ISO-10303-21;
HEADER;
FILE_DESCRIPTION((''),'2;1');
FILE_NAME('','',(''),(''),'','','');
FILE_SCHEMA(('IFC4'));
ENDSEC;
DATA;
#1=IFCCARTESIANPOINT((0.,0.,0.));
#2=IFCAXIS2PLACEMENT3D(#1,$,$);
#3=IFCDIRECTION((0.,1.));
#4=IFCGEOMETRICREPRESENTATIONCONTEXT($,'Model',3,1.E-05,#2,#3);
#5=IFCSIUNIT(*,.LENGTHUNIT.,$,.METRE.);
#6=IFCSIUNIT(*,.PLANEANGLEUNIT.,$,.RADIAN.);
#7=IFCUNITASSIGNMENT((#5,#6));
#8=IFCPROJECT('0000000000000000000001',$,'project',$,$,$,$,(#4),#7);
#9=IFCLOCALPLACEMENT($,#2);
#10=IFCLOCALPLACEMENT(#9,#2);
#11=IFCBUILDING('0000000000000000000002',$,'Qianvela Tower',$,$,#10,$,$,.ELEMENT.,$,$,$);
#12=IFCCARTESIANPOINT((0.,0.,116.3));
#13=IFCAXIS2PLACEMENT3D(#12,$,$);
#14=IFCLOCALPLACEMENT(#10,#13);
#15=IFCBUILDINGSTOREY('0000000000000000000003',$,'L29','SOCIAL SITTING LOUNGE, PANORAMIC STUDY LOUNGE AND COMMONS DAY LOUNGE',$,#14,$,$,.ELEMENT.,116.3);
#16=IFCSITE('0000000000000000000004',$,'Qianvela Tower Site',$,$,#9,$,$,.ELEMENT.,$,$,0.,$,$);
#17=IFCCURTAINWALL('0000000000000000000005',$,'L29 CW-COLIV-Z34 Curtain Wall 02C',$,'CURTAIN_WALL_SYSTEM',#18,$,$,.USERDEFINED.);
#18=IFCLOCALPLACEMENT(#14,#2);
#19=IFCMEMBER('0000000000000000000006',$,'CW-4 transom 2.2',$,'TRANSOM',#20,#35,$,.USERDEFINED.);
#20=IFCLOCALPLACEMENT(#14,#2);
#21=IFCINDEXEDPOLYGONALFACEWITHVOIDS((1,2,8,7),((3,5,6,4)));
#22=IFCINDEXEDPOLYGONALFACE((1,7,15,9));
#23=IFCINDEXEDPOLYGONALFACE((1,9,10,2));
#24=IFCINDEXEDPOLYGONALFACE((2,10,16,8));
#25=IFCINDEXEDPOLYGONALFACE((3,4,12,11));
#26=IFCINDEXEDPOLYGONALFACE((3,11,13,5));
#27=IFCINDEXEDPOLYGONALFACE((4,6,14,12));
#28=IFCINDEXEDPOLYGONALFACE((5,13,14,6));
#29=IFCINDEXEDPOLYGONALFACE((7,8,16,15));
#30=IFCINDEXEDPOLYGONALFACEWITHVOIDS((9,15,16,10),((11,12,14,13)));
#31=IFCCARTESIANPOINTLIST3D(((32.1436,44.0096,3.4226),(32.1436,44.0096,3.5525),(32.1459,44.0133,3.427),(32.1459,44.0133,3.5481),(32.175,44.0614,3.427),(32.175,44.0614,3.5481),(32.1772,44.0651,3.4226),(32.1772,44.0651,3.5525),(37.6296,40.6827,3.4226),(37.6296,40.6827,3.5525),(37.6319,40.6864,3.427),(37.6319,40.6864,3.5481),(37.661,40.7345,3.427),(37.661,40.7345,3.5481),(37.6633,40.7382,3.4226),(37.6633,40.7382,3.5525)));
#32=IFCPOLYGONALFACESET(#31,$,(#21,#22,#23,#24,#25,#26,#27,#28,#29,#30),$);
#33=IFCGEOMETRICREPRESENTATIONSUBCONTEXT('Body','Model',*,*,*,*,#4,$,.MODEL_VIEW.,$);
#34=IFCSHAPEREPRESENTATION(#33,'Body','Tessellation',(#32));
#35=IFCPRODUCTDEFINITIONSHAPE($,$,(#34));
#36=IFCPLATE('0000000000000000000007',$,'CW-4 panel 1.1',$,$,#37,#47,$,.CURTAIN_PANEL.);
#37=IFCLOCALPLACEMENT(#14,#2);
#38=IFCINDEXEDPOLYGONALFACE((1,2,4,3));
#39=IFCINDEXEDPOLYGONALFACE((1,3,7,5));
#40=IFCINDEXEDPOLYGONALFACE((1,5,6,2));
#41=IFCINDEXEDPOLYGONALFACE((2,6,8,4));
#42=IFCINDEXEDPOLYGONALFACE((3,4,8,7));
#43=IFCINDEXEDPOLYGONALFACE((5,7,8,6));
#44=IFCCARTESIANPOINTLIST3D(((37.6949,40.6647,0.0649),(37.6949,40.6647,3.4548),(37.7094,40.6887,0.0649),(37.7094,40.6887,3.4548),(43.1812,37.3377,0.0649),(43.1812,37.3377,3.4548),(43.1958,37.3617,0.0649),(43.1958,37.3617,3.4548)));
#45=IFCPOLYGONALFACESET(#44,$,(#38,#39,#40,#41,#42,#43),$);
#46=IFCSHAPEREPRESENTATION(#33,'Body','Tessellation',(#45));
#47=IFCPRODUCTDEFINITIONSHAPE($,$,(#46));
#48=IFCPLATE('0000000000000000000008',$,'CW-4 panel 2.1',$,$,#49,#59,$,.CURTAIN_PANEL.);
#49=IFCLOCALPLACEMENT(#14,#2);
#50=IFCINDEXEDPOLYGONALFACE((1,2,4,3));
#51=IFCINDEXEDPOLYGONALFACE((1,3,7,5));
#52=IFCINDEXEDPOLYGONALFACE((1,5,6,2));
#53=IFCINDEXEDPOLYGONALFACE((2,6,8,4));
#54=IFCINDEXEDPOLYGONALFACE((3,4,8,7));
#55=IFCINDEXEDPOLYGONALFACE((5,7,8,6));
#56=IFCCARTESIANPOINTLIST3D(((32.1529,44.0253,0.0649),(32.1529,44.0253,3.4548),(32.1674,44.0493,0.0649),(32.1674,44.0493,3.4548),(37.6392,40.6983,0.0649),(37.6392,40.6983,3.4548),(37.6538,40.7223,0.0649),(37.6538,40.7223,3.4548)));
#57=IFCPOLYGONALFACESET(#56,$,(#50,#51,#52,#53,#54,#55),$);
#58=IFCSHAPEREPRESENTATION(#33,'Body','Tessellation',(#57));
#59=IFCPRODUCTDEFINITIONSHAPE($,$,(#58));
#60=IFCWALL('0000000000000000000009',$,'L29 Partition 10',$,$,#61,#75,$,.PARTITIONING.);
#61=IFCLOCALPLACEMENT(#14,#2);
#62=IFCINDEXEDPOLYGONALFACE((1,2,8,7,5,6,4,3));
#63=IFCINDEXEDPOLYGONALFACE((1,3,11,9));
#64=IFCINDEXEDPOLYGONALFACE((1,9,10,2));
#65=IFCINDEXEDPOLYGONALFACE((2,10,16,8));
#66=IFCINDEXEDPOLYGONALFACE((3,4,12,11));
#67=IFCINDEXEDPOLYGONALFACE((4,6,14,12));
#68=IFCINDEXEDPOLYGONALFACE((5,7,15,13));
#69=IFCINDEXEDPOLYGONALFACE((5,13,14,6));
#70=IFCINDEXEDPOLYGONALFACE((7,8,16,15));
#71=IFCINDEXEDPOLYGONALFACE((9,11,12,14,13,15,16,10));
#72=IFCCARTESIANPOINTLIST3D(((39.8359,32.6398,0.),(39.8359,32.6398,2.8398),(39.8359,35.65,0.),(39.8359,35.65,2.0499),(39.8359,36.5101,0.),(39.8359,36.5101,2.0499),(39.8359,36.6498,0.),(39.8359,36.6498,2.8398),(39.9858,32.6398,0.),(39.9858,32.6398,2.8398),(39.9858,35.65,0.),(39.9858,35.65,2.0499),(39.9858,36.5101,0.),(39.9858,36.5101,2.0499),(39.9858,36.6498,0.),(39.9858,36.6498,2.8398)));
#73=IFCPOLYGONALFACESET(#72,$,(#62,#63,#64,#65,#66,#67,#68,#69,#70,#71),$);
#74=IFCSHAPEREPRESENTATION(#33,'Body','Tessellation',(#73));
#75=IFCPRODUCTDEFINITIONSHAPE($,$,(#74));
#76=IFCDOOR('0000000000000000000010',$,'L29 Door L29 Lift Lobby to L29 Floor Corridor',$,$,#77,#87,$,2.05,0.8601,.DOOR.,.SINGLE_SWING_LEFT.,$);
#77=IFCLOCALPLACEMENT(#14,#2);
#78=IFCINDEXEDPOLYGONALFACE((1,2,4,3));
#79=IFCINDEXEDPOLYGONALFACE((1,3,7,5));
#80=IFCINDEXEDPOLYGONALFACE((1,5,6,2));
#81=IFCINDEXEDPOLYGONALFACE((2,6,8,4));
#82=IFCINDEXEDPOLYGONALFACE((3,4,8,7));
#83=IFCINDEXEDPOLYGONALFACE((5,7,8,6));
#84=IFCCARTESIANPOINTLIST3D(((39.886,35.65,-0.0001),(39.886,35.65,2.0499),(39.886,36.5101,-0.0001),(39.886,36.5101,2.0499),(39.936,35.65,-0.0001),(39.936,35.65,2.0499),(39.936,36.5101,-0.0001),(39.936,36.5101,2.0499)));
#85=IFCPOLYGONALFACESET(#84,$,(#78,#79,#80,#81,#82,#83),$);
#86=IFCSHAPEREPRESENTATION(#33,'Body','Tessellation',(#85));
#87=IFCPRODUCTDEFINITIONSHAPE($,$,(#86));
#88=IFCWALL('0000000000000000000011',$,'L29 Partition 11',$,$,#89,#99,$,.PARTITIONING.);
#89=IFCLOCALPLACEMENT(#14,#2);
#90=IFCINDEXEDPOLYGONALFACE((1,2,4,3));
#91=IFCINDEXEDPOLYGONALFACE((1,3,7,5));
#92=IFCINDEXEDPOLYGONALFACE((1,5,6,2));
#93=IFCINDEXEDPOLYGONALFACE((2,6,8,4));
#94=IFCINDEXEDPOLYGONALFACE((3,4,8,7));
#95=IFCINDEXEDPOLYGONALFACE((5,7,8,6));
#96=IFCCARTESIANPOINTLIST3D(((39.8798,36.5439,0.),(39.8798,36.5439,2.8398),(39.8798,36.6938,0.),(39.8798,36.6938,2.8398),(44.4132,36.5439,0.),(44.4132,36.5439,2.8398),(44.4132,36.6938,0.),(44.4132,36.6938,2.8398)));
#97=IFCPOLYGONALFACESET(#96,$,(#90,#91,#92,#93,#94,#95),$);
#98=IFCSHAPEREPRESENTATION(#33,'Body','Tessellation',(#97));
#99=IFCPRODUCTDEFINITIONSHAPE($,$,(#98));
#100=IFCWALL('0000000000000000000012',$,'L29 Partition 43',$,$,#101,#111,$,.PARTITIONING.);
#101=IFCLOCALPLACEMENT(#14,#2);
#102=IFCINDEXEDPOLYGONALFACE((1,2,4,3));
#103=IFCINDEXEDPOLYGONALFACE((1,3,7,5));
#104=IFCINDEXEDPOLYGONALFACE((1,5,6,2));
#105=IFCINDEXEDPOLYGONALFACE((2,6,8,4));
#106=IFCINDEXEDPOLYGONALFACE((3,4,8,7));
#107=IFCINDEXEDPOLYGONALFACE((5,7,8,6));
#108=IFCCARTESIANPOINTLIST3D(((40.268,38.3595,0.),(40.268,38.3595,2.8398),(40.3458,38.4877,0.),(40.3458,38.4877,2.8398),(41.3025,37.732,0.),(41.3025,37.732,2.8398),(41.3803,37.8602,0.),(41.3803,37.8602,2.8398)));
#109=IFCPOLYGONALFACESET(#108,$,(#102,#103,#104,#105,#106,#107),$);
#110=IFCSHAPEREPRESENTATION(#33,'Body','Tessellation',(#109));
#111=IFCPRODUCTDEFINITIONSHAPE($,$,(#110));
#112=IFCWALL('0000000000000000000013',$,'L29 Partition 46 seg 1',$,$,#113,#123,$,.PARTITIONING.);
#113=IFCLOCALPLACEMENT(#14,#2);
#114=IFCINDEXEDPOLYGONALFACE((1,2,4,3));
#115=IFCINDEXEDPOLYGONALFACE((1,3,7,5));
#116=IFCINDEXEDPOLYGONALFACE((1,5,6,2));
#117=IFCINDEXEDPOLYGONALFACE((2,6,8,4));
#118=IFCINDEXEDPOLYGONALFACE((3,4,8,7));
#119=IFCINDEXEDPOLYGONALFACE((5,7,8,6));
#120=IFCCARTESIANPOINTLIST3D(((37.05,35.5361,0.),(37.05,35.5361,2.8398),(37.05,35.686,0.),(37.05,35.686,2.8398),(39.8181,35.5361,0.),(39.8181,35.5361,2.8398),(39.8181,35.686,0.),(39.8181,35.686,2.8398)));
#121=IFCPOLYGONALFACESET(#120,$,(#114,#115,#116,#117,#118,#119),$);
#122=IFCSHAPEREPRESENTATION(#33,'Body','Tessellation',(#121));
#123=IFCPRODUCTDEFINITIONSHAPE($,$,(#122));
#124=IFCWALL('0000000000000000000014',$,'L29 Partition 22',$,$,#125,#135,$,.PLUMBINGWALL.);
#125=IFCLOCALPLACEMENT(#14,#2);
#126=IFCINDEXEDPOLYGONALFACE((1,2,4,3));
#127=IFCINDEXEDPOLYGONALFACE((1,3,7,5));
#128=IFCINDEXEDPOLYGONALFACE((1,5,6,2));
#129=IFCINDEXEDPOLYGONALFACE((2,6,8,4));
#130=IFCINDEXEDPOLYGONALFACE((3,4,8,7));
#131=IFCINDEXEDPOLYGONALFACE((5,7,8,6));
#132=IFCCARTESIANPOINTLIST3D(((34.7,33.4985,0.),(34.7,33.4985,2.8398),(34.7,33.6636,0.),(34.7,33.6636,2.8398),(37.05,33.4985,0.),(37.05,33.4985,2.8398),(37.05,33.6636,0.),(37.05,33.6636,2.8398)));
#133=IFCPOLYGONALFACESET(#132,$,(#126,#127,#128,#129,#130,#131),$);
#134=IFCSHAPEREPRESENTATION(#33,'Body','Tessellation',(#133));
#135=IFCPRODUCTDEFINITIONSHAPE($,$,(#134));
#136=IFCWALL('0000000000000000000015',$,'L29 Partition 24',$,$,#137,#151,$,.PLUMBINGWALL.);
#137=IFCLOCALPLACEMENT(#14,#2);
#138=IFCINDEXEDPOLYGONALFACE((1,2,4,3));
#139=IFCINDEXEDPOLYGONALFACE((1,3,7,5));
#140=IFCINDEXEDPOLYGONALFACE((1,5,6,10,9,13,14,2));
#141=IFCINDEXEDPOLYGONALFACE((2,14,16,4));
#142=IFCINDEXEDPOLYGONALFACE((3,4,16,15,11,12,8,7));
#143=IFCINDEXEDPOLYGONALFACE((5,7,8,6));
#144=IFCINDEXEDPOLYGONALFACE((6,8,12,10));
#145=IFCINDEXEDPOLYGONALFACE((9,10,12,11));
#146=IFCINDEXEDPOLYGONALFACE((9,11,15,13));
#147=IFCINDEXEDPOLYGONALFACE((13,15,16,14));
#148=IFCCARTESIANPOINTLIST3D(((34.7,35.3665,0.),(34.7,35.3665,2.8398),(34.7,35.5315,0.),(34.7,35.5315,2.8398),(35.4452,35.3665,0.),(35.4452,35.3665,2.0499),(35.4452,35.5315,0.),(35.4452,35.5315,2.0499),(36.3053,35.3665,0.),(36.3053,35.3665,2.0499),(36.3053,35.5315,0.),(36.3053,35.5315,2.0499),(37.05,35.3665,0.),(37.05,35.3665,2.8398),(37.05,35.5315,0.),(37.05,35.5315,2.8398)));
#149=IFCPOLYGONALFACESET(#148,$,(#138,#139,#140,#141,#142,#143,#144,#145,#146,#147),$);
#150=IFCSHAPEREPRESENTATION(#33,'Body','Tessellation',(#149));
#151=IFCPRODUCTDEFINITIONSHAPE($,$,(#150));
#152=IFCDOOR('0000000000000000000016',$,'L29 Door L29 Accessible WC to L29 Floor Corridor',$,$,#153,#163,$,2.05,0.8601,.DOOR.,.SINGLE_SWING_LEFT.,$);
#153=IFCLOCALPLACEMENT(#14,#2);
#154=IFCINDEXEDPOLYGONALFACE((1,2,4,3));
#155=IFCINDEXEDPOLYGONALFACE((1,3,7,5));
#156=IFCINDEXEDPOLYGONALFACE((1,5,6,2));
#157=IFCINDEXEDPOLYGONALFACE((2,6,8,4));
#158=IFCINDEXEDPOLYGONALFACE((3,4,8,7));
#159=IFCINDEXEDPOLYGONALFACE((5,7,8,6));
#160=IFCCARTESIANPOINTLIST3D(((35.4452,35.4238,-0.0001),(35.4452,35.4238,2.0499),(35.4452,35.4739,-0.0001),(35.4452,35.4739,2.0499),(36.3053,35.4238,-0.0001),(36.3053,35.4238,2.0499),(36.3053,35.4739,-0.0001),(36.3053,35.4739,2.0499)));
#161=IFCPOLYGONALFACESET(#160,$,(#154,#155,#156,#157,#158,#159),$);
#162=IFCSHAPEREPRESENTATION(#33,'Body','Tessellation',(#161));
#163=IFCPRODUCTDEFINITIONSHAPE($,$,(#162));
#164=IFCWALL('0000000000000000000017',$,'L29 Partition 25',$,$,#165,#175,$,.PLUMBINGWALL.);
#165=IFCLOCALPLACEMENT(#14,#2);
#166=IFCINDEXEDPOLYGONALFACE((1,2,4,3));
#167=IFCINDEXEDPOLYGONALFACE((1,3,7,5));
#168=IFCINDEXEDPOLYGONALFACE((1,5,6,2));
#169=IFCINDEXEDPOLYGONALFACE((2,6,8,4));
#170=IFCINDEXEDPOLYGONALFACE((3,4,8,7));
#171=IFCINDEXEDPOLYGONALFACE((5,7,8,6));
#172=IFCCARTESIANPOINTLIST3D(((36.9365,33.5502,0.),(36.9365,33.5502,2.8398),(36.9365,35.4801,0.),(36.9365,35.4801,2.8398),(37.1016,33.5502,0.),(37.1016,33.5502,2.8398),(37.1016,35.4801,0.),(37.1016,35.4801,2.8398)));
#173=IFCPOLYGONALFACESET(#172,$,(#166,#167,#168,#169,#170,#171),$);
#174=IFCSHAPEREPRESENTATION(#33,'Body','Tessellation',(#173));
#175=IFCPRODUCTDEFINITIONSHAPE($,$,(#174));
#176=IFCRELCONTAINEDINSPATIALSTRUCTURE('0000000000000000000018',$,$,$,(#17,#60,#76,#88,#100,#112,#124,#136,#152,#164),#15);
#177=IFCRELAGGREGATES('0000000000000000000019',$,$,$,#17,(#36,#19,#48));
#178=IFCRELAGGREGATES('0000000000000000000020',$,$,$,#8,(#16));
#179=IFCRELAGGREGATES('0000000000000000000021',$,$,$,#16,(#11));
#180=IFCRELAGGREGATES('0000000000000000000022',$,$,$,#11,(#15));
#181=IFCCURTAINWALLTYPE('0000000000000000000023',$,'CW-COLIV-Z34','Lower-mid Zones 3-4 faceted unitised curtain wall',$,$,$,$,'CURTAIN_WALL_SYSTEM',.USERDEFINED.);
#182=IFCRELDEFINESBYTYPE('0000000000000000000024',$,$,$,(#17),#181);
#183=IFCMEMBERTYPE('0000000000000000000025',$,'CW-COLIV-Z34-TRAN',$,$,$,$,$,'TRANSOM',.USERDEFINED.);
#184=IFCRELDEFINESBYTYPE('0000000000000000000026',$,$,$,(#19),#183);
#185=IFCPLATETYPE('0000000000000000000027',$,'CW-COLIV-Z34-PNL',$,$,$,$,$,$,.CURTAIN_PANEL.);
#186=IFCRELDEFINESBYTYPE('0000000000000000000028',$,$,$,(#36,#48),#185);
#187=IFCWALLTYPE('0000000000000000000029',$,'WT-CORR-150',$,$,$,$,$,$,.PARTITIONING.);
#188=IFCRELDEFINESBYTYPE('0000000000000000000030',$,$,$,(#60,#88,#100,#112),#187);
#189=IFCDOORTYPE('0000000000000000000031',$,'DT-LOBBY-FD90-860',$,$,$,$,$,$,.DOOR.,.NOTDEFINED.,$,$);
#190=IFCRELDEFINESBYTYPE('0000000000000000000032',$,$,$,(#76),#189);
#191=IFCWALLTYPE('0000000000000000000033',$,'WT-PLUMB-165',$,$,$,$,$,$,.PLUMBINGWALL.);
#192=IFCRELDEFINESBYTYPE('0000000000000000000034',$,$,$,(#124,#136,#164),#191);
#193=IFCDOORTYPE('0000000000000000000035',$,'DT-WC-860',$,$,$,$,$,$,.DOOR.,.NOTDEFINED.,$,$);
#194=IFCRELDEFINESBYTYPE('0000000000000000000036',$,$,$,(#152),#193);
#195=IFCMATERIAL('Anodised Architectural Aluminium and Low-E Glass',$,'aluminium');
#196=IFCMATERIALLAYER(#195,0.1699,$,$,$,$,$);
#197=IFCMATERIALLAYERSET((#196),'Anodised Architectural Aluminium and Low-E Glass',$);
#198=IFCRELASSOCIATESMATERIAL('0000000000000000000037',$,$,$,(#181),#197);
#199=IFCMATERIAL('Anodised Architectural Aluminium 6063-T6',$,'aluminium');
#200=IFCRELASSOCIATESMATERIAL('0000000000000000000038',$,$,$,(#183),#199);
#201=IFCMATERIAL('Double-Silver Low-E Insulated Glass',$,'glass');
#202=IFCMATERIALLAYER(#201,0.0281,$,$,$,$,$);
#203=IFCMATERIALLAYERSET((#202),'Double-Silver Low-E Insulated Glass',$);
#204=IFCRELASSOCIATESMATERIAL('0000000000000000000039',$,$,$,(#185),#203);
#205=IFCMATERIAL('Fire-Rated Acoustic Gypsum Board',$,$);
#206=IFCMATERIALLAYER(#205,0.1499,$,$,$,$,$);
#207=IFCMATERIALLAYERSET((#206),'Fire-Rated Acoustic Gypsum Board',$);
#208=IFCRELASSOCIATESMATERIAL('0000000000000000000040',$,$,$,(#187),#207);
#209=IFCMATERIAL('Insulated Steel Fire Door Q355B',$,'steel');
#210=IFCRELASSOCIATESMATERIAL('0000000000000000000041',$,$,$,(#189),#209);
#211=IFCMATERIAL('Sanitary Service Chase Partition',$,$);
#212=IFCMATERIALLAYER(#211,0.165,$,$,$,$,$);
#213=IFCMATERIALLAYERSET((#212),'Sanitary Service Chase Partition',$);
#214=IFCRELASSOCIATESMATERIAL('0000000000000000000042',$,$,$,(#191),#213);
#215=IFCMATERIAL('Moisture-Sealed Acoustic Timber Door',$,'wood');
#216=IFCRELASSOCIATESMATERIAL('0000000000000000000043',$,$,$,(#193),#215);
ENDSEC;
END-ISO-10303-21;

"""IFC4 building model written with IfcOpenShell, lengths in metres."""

from ifc_helpers import new_model, si_unit, direction, frame, frame_2d, origin, origin_2d, place, context, subcontext, project, spatial, rectangle, hollow_rectangle, extrude, material, layer, layer_set, material_profile, profile_set, type_object, element, fill, aggregate, save


model = new_model("IFC4")

# Units and contexts
model_context = context("Model", 3, precision=1e-05, world=origin(), true_north=direction((0.0, 1.0)))
body_context = subcontext(model_context, "Body", "Model", "MODEL_VIEW")
ifc_project = project(units=[si_unit("LENGTHUNIT", "METRE"), si_unit("PLANEANGLEUNIT", "RADIAN")], contexts=[model_context])

# Site, building, storey
site_placement = place(None, origin())
site = spatial("IfcSite", under=ifc_project, at=site_placement, Name="Qianvela Tower Site", CompositionType="ELEMENT", RefElevation=0.0)
building_placement = place(site_placement, origin())
building = spatial("IfcBuilding", under=site, at=building_placement, Name="Qianvela Tower", CompositionType="ELEMENT")
storey_placement = place(building_placement, frame((0.0, 0.0, 116.3)))
storey = spatial("IfcBuildingStorey", under=building, at=storey_placement, Name="L29", Description="SOCIAL SITTING LOUNGE, PANORAMIC STUDY LOUNGE AND COMMONS DAY LOUNGE", CompositionType="ELEMENT", Elevation=116.3)

# Curtain wall, member, plates
ifc_material_1 = material(Name="Anodised Architectural Aluminium and Low-E Glass", Category="aluminium")
ifc_layer_1 = layer(ifc_material_1, 0.1699)
ifc_layer_set_1 = layer_set([ifc_layer_1], Name="Anodised Architectural Aluminium and Low-E Glass")
curtain_wall_type = type_object("IfcCurtainWallType", Name="CW-COLIV-Z34", Description="Lower-mid Zones 3-4 faceted unitised curtain wall", ElementType="CURTAIN_WALL_SYSTEM", PredefinedType="USERDEFINED", material=ifc_layer_set_1)
curtain_wall_placement = place(storey_placement, origin())
curtain_wall = element("IfcCurtainWall", 1, at=curtain_wall_placement, inside=storey, type_object=curtain_wall_type, Name="L29 CW-COLIV-Z34 Curtain Wall 02C", ObjectType="CURTAIN_WALL_SYSTEM", PredefinedType="USERDEFINED")
ifc_material_2 = material(Name="Anodised Architectural Aluminium 6063-T6", Category="aluminium")
ifc_material_profile_1 = material_profile(ifc_material_2, hollow_rectangle(XDim=0.0649, YDim=0.1299, WallThickness=0.0044, at=origin_2d()), Name="ALU-TRAN-65x130")
ifc_profile_set_1 = profile_set([ifc_material_profile_1], Name="Anodised Architectural Aluminium 6063-T6")
member_type_1 = type_object("IfcMemberType", Name="CW-COLIV-Z34-TRAN", ElementType="TRANSOM", PredefinedType="USERDEFINED", material=ifc_profile_set_1)
member_1_placement = place(storey_placement, frame((37.6465, 40.7104, 3.4875), z_axis=(-0.855059, 0.51853, 0.0), x_axis=(-0.51853, -0.855059, 0.0)))
member_1 = element("IfcMember", 2, at=member_1_placement, type_object=member_type_1, Name="CW-4 transom 2.2", ObjectType="TRANSOM", PredefinedType="USERDEFINED", context=body_context, shape_type="SweptSolid", body=[
    extrude(hollow_rectangle(XDim=0.0649, YDim=0.1299, WallThickness=0.0044, at=origin_2d()), origin(), (0.0, 0.0, 1.0), 6.416),
])
ifc_material_3 = material(Name="Double-Silver Low-E Insulated Glass", Category="glass")
ifc_layer_2 = layer(ifc_material_3, 0.0281)
ifc_layer_set_2 = layer_set([ifc_layer_2], Name="Double-Silver Low-E Insulated Glass")
plate_type = type_object("IfcPlateType", Name="CW-COLIV-Z34-PNL", PredefinedType="CURTAIN_PANEL", material=ifc_layer_set_2)
plate_1_placement = place(storey_placement, frame((40.4453, 39.0132, 0.0649), z_axis=(0.0, 0.0, 1.0), x_axis=(-0.855065, 0.518521, 0.0)))
plate_1 = element("IfcPlate", 3, at=plate_1_placement, type_object=plate_type, Name="CW-4 panel 1.1", PredefinedType="CURTAIN_PANEL", context=body_context, shape_type="SweptSolid", body=[
    extrude(rectangle(XDim=6.4163, YDim=0.0281, at=origin_2d()), origin(), (0.0, 0.0, 1.0), 3.3899),
])
plate_2_placement = place(storey_placement, frame((34.9033, 42.3738, 0.0649), z_axis=(0.0, 0.0, 1.0), x_axis=(-0.855065, 0.518521, 0.0)))
plate_2 = element("IfcPlate", 4, at=plate_2_placement, type_object=plate_type, Name="CW-4 panel 2.1", PredefinedType="CURTAIN_PANEL", context=body_context, shape_type="SweptSolid", body=[
    extrude(rectangle(XDim=6.4163, YDim=0.0281, at=origin_2d()), origin(), (0.0, 0.0, 1.0), 3.3899),
])
aggregate(curtain_wall, [plate_1, member_1, plate_2])

# Wall, opening, door
ifc_material_4 = material(Name="Fire-Rated Acoustic Gypsum Board")
ifc_layer_3 = layer(ifc_material_4, 0.1499)
ifc_layer_set_3 = layer_set([ifc_layer_3], Name="Fire-Rated Acoustic Gypsum Board")
wall_type_1 = type_object("IfcWallType", Name="WT-CORR-150", PredefinedType="PARTITIONING", material=ifc_layer_set_3)
wall_1_placement = place(storey_placement, frame((39.9109, 32.6399, 0.0), z_axis=(0.0, 0.0, 1.0), x_axis=(0.0, 1.0, 0.0)))
wall_1 = element("IfcWall", 5, at=wall_1_placement, inside=storey, type_object=wall_type_1, Name="L29 Partition 10", PredefinedType="PARTITIONING", context=body_context, shape_type="SweptSolid", body=[
    extrude(rectangle(XDim=4.01, YDim=0.1499, at=frame_2d((2.0049, 0.0))), origin(), (0.0, 0.0, 1.0), 2.8398),
])
opening_1_placement = place(wall_1_placement, frame((3.01, 0.0, 0.0)))
opening_1 = element("IfcOpeningElement", 6, at=opening_1_placement, cuts=wall_1, PredefinedType="OPENING", context=body_context, shape_type="SweptSolid", body=[
    extrude(rectangle(XDim=0.8601, YDim=2.05, at=frame_2d((0.4302, 1.0249))), frame((0.0, 0.085, 0.0), z_axis=(0.0, -1.0, 0.0), x_axis=(1.0, 0.0, 0.0)), (0.0, 0.0, 1.0), 0.1699),
])
ifc_material_5 = material(Name="Insulated Steel Fire Door Q355B", Category="steel")
door_type_1 = type_object("IfcDoorType", Name="DT-LOBBY-FD90-860", OperationType="NOTDEFINED", PredefinedType="DOOR", material=ifc_material_5)
door_1_placement = place(opening_1_placement, origin())
door_1 = element("IfcDoor", 7, at=door_1_placement, inside=storey, type_object=door_type_1, Name="L29 Door L29 Lift Lobby to L29 Floor Corridor", OperationType="SINGLE_SWING_LEFT", OverallHeight=2.05, OverallWidth=0.8601, PredefinedType="DOOR", context=body_context, shape_type="SweptSolid", body=[
    extrude(rectangle(XDim=0.8601, YDim=2.05, at=frame_2d((0.4302, 1.0249))), frame((0.0, 0.0249, 0.0), z_axis=(0.0, -1.0, 0.0), x_axis=(1.0, 0.0, 0.0)), (0.0, 0.0, 1.0), 0.05),
])
fill(opening_1, door_1)

# Walls
wall_2_placement = place(storey_placement, frame((39.8799, 36.6189, 0.0), z_axis=(0.0, 0.0, 1.0), x_axis=(1.0, 0.0, 0.0)))
element("IfcWall", 8, at=wall_2_placement, inside=storey, type_object=wall_type_1, Name="L29 Partition 11", PredefinedType="PARTITIONING", context=body_context, shape_type="SweptSolid", body=[
    extrude(rectangle(XDim=4.5334, YDim=0.1499, at=frame_2d((2.2666, 0.0))), origin(), (0.0, 0.0, 1.0), 2.8398),
])
wall_3_placement = place(storey_placement, frame((40.3069, 38.4236, 0.0), z_axis=(0.0, 0.0, 1.0), x_axis=(0.855008, -0.518615, 0.0)))
element("IfcWall", 9, at=wall_3_placement, inside=storey, type_object=wall_type_1, Name="L29 Partition 43", PredefinedType="PARTITIONING", context=body_context, shape_type="SweptSolid", body=[
    extrude(rectangle(XDim=1.21, YDim=0.1499, at=frame_2d((0.605, 0.0))), origin(), (0.0, 0.0, 1.0), 2.8398),
])
wall_4_placement = place(storey_placement, frame((39.8181, 35.6111, 0.0), z_axis=(0.0, 0.0, 1.0), x_axis=(-1.0, 0.0, 0.0)))
element("IfcWall", 10, at=wall_4_placement, inside=storey, type_object=wall_type_1, Name="L29 Partition 46 seg 1", PredefinedType="PARTITIONING", context=body_context, shape_type="SweptSolid", body=[
    extrude(rectangle(XDim=2.7681, YDim=0.1499, at=frame_2d((1.384, 0.0))), origin(), (0.0, 0.0, 1.0), 2.8398),
])
ifc_material_6 = material(Name="Sanitary Service Chase Partition")
ifc_layer_4 = layer(ifc_material_6, 0.165)
ifc_layer_set_4 = layer_set([ifc_layer_4], Name="Sanitary Service Chase Partition")
wall_type_2 = type_object("IfcWallType", Name="WT-PLUMB-165", PredefinedType="PLUMBINGWALL", material=ifc_layer_set_4)
wall_5_placement = place(storey_placement, frame((37.05, 33.5811, 0.0), z_axis=(0.0, 0.0, 1.0), x_axis=(-1.0, 0.0, 0.0)))
element("IfcWall", 11, at=wall_5_placement, inside=storey, type_object=wall_type_2, Name="L29 Partition 22", PredefinedType="PLUMBINGWALL", context=body_context, shape_type="SweptSolid", body=[
    extrude(rectangle(XDim=2.3501, YDim=0.165, at=frame_2d((1.175, 0.0))), origin(), (0.0, 0.0, 1.0), 2.8398),
])

# Wall, opening, door
wall_6_placement = place(storey_placement, frame((34.7, 35.449, 0.0), z_axis=(0.0, 0.0, 1.0), x_axis=(1.0, 0.0, 0.0)))
wall_6 = element("IfcWall", 12, at=wall_6_placement, inside=storey, type_object=wall_type_2, Name="L29 Partition 24", PredefinedType="PLUMBINGWALL", context=body_context, shape_type="SweptSolid", body=[
    extrude(rectangle(XDim=2.3501, YDim=0.165, at=frame_2d((1.175, 0.0))), origin(), (0.0, 0.0, 1.0), 2.8398),
])
opening_2_placement = place(wall_6_placement, frame((0.7451, 0.0, 0.0)))
opening_2 = element("IfcOpeningElement", 13, at=opening_2_placement, cuts=wall_6, PredefinedType="OPENING", context=body_context, shape_type="SweptSolid", body=[
    extrude(rectangle(XDim=0.8601, YDim=2.05, at=frame_2d((0.4302, 1.0249))), frame((0.0, 0.0925, 0.0), z_axis=(0.0, -1.0, 0.0), x_axis=(1.0, 0.0, 0.0)), (0.0, 0.0, 1.0), 0.1851),
])
ifc_material_7 = material(Name="Moisture-Sealed Acoustic Timber Door", Category="wood")
door_type_2 = type_object("IfcDoorType", Name="DT-WC-860", OperationType="NOTDEFINED", PredefinedType="DOOR", material=ifc_material_7)
door_2_placement = place(opening_2_placement, origin())
door_2 = element("IfcDoor", 14, at=door_2_placement, inside=storey, type_object=door_type_2, Name="L29 Door L29 Accessible WC to L29 Floor Corridor", OperationType="SINGLE_SWING_LEFT", OverallHeight=2.05, OverallWidth=0.8601, PredefinedType="DOOR", context=body_context, shape_type="SweptSolid", body=[
    extrude(rectangle(XDim=0.8601, YDim=2.05, at=frame_2d((0.4302, 1.0249))), frame((0.0, 0.0249, 0.0), z_axis=(0.0, -1.0, 0.0), x_axis=(1.0, 0.0, 0.0)), (0.0, 0.0, 1.0), 0.05),
])
fill(opening_2, door_2)

# Wall
wall_7_placement = place(storey_placement, frame((37.019, 35.48, 0.0), z_axis=(0.0, 0.0, 1.0), x_axis=(0.0, -1.0, 0.0)))
element("IfcWall", 15, at=wall_7_placement, inside=storey, type_object=wall_type_2, Name="L29 Partition 25", PredefinedType="PLUMBINGWALL", context=body_context, shape_type="SweptSolid", body=[
    extrude(rectangle(XDim=1.9299, YDim=0.165, at=frame_2d((0.9648, 0.0))), origin(), (0.0, 0.0, 1.0), 2.8398),
])

save(model, "model.ifc")
